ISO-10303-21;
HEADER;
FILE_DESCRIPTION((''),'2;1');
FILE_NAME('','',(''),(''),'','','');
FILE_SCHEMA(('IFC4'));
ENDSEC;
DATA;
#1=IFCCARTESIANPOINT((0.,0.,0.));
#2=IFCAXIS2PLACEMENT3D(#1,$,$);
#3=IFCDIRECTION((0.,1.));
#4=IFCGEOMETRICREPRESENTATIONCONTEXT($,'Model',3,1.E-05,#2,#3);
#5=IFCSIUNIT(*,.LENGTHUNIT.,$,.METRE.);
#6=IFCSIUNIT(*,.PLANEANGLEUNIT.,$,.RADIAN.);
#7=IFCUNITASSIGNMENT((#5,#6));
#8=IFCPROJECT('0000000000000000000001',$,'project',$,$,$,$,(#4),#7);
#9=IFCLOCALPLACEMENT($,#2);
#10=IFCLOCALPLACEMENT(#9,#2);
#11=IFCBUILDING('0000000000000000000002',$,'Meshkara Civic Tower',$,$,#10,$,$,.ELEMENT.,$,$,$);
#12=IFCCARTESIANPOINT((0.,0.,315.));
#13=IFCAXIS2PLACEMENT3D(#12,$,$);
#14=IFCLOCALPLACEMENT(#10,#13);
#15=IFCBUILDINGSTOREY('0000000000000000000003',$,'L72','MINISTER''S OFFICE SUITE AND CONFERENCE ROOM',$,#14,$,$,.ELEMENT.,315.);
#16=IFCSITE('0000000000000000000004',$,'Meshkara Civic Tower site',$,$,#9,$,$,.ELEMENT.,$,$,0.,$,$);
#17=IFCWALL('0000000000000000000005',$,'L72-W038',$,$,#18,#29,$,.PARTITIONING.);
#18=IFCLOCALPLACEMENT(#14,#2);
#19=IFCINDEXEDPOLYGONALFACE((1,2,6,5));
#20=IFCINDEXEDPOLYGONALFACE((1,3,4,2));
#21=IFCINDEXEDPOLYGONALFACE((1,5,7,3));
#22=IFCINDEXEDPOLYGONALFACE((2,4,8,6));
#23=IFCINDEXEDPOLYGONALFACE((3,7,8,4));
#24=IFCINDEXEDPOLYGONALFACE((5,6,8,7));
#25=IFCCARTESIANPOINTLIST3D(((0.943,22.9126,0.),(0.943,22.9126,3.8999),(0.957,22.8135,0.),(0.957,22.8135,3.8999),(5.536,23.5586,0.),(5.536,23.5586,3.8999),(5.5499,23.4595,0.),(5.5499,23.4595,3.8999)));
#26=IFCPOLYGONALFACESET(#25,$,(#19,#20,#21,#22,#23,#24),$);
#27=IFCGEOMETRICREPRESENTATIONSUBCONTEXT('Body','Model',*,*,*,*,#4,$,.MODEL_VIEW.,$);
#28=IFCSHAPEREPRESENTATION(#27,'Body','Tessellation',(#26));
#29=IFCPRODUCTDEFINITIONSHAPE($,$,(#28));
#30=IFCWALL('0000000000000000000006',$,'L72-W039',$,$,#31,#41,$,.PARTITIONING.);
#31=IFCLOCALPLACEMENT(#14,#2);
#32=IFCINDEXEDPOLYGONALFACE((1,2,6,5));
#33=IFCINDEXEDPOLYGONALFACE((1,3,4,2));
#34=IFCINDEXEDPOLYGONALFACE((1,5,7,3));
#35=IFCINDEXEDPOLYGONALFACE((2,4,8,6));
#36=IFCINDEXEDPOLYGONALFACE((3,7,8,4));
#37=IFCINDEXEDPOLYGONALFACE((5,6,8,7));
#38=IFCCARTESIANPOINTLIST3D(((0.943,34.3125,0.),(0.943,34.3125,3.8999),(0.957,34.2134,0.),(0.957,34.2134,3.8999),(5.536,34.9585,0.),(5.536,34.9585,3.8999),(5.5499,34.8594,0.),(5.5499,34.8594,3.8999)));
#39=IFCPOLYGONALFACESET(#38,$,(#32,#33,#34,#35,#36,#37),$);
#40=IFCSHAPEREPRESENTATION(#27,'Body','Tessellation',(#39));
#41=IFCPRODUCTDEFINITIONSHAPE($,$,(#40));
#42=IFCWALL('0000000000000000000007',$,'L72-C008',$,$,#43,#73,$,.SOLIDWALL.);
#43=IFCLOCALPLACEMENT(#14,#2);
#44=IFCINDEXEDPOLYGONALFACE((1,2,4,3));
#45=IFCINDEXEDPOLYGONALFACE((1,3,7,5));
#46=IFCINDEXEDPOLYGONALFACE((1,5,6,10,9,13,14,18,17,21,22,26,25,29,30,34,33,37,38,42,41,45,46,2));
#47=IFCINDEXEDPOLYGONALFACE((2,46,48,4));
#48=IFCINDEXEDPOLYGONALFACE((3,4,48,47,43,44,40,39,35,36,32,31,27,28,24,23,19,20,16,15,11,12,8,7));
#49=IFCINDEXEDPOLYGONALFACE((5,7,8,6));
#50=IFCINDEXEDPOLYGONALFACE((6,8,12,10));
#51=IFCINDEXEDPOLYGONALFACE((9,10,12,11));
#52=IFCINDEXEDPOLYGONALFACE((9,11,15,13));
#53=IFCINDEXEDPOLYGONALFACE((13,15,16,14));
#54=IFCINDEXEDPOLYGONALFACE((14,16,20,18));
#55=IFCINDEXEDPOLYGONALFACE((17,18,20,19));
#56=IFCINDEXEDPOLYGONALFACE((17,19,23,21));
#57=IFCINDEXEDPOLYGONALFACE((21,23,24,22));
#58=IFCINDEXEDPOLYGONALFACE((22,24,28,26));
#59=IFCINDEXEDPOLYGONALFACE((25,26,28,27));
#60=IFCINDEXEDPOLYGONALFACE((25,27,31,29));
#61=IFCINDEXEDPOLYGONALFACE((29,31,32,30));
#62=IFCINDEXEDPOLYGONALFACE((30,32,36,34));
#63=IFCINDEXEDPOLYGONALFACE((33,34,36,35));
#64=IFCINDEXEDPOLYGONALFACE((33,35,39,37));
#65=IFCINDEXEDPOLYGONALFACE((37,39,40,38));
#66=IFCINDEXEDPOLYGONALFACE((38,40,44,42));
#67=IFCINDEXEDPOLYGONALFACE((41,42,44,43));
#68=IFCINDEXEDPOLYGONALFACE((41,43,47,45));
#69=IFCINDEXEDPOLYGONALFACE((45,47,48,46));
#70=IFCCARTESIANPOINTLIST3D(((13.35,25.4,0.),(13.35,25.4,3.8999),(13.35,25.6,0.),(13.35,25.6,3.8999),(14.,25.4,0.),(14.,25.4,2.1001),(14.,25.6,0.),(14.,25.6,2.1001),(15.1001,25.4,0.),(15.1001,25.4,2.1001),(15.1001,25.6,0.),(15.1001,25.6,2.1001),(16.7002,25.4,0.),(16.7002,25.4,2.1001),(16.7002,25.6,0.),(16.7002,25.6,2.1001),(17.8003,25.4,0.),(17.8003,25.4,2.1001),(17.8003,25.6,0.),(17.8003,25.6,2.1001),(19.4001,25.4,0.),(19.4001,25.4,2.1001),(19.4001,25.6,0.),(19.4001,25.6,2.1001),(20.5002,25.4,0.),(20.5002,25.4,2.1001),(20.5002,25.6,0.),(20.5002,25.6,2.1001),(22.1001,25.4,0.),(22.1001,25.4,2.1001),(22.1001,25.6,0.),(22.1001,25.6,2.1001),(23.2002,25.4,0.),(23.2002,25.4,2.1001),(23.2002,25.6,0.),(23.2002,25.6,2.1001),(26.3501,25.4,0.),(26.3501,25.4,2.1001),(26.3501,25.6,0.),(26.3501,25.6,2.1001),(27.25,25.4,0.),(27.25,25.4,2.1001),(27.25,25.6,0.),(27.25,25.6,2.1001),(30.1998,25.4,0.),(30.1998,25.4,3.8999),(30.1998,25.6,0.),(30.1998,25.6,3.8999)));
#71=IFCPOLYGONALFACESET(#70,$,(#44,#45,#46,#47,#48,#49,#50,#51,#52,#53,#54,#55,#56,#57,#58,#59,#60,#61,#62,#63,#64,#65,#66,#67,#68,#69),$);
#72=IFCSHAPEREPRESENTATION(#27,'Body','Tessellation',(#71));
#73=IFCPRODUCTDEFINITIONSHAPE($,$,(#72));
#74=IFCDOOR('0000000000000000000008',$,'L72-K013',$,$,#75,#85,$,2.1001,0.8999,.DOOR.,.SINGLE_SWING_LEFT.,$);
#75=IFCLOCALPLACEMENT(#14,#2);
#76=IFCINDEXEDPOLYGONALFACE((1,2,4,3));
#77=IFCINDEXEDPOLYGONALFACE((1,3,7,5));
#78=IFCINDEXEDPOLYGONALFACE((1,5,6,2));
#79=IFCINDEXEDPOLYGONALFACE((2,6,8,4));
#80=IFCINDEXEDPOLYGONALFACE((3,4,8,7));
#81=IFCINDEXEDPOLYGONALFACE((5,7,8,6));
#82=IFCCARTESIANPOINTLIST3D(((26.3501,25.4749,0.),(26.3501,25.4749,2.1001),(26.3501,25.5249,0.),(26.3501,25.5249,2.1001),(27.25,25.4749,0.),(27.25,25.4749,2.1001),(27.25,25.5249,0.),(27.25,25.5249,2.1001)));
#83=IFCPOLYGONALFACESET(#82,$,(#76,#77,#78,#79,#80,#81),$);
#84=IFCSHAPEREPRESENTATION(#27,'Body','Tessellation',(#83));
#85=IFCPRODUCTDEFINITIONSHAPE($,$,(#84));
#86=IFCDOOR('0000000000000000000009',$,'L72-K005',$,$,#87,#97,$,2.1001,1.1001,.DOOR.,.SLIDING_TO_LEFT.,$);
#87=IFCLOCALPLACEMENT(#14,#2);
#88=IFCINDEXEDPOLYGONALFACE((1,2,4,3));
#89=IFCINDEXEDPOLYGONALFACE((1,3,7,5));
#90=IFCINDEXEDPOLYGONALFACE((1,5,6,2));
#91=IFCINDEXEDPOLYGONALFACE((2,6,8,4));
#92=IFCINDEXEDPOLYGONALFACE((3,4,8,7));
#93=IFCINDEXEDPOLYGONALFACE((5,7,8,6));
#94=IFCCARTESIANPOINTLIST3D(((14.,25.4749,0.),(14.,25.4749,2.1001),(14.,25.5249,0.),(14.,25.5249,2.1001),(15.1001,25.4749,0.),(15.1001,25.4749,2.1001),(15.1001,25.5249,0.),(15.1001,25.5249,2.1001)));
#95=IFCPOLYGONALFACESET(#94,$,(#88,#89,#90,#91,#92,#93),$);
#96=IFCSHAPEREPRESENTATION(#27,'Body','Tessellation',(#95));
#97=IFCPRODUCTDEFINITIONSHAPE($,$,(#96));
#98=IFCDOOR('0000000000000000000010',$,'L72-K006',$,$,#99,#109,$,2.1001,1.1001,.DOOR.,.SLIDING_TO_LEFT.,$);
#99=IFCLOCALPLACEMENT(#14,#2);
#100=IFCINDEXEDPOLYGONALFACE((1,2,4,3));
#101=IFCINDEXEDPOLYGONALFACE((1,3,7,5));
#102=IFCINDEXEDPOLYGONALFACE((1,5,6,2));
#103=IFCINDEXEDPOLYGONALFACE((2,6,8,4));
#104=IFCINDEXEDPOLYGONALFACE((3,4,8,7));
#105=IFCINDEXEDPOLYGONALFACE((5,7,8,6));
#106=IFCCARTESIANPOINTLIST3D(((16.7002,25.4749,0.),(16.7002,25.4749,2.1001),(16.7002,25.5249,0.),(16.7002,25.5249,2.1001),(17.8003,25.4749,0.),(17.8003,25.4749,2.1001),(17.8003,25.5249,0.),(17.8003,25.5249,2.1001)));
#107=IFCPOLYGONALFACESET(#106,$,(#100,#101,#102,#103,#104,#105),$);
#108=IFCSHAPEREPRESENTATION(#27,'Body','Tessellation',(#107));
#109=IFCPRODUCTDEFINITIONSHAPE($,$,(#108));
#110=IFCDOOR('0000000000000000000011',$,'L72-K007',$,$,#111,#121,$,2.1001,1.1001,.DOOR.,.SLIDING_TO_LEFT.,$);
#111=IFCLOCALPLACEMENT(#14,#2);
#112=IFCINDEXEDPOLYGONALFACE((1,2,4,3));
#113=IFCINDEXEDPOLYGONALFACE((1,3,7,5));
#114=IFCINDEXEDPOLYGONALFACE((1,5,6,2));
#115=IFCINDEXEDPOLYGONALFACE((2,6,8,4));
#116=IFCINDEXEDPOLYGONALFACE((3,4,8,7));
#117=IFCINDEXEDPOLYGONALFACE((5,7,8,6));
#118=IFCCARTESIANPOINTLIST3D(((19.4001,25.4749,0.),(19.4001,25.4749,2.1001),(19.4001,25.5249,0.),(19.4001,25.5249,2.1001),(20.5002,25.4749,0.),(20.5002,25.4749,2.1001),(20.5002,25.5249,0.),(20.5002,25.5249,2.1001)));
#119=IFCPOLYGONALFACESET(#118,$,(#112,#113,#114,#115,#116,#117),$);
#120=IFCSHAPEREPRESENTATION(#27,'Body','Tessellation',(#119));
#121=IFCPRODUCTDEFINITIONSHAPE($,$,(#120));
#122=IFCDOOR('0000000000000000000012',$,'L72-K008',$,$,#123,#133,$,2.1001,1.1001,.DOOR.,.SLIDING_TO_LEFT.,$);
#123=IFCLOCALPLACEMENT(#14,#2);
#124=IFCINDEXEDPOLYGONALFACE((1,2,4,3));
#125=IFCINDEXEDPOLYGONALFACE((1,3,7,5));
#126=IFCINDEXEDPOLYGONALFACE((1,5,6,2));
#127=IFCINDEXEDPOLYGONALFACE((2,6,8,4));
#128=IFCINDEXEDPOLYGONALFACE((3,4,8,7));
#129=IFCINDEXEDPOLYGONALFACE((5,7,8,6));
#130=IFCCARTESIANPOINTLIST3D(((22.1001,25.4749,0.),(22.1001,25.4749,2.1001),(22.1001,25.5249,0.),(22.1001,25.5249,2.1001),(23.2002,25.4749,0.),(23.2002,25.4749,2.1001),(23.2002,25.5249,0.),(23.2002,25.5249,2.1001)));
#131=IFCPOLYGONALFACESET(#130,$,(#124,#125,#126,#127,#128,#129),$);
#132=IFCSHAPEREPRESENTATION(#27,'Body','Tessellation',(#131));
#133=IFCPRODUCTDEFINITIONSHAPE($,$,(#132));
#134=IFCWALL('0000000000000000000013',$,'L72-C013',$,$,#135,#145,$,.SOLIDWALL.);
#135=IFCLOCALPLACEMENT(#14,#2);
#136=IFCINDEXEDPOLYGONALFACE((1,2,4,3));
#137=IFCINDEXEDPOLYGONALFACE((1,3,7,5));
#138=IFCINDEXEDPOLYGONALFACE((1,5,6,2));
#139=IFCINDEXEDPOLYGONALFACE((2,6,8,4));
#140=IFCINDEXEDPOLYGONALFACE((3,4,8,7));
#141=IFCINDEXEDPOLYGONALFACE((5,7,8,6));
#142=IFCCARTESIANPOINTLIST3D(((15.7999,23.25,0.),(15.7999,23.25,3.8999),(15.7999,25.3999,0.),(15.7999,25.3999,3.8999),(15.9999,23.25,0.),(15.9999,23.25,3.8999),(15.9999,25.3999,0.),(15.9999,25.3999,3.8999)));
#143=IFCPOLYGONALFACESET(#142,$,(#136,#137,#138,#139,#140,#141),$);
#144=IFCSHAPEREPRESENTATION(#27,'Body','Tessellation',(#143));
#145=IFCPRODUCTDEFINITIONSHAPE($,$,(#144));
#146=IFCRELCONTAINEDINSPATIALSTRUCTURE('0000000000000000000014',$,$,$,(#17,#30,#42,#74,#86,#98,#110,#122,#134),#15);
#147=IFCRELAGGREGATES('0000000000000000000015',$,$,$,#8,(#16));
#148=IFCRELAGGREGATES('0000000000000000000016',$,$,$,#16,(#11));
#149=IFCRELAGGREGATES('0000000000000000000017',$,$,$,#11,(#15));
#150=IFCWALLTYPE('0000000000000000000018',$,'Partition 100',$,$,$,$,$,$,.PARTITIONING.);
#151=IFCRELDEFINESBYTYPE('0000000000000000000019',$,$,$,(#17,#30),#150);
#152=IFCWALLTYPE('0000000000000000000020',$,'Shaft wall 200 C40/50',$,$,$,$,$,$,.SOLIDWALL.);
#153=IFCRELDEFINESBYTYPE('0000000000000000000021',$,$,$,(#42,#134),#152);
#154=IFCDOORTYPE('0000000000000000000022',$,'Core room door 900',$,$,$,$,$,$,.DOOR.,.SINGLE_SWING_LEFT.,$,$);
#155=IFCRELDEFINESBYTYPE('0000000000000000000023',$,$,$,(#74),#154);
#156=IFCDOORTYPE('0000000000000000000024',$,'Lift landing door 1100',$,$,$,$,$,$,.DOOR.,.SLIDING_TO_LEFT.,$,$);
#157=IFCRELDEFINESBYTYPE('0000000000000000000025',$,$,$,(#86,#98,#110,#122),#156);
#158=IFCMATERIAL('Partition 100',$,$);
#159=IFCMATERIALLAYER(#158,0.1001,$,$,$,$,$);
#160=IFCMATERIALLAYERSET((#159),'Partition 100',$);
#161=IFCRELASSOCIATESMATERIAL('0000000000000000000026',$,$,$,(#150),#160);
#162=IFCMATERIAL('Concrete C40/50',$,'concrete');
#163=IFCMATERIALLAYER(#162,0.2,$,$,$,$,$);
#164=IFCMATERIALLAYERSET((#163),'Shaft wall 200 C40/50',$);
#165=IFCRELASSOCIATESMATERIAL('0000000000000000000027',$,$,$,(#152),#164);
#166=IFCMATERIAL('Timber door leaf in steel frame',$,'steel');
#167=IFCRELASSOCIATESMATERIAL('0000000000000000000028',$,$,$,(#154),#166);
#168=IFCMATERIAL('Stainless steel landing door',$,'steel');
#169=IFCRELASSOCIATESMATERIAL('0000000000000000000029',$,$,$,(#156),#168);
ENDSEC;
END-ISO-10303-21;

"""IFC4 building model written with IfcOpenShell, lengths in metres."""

from ifc_helpers import new_model, si_unit, direction, frame, frame_2d, origin, place, context, subcontext, project, spatial, rectangle, extrude, material, layer, layer_set, type_object, element, fill, save


model = new_model("IFC4")

# Units and contexts
model_context = context("Model", 3, precision=1e-05, world=origin(), true_north=direction((0.0, 1.0)))
body_context = subcontext(model_context, "Body", "Model", "MODEL_VIEW")
ifc_project = project(units=[si_unit("LENGTHUNIT", "METRE"), si_unit("PLANEANGLEUNIT", "RADIAN")], contexts=[model_context])

# Site, building, storey
site_placement = place(None, origin())
site = spatial("IfcSite", under=ifc_project, at=site_placement, Name="Meshkara Civic Tower site", CompositionType="ELEMENT", RefElevation=0.0)
building_placement = place(site_placement, origin())
building = spatial("IfcBuilding", under=site, at=building_placement, Name="Meshkara Civic Tower", CompositionType="ELEMENT")
storey_placement = place(building_placement, frame((0.0, 0.0, 315.0)))
storey = spatial("IfcBuildingStorey", under=building, at=storey_placement, Name="L72", Description="MINISTER'S OFFICE SUITE AND CONFERENCE ROOM", CompositionType="ELEMENT", Elevation=315.0)

# Walls
ifc_material_1 = material(Name="Partition 100")
ifc_layer_1 = layer(ifc_material_1, 0.1001)
ifc_layer_set_1 = layer_set([ifc_layer_1], Name="Partition 100")
wall_type_1 = type_object("IfcWallType", Name="Partition 100", PredefinedType="PARTITIONING", material=ifc_layer_set_1)
for number, where, z_axis, x_axis, name in (
    (1, (5.543, 23.509, 0.0), (0.0, 0.0, 1.0), (-0.990254, -0.139277, 0.0), "L72-W038"),
    (2, (5.543, 34.9089, 0.0), (0.0, 0.0, 1.0), (-0.990254, -0.139277, 0.0), "L72-W039"),
):
    element("IfcWall", number, at=place(storey_placement, frame(where, z_axis=z_axis, x_axis=x_axis)), inside=storey, type_object=wall_type_1, Name=name, PredefinedType="PARTITIONING", context=body_context, shape_type="SweptSolid", body=[
        extrude(rectangle(XDim=4.6382, YDim=0.1001, at=frame_2d((2.3191, 0.0))), origin(), (0.0, 0.0, 1.0), 3.8999),
    ])

# Wall, openings, doors
ifc_material_2 = material(Name="Concrete C40/50", Category="concrete")
ifc_layer_2 = layer(ifc_material_2, 0.2)
ifc_layer_set_2 = layer_set([ifc_layer_2], Name="Shaft wall 200 C40/50")
wall_type_2 = type_object("IfcWallType", Name="Shaft wall 200 C40/50", PredefinedType="SOLIDWALL", material=ifc_layer_set_2)
wall_1_placement = place(storey_placement, frame((13.3501, 25.5, 0.0), z_axis=(0.0, 0.0, 1.0), x_axis=(1.0, 0.0, 0.0)))
wall_1 = element("IfcWall", 3, at=wall_1_placement, inside=storey, type_object=wall_type_2, Name="L72-C008", PredefinedType="SOLIDWALL", context=body_context, shape_type="SweptSolid", body=[
    extrude(rectangle(XDim=16.8499, YDim=0.2, at=frame_2d((8.4248, 0.0))), origin(), (0.0, 0.0, 1.0), 3.8999),
])
opening_1_placement = place(wall_1_placement, frame((0.6499, 0.0, 0.0)))
opening_1 = element("IfcOpeningElement", 4, at=opening_1_placement, cuts=wall_1, PredefinedType="OPENING", context=body_context, shape_type="SweptSolid", body=[
    extrude(rectangle(XDim=1.1001, YDim=2.1001, at=frame_2d((0.55, 1.05))), frame((0.0, 0.1099, 0.0), z_axis=(0.0, -1.0, 0.0), x_axis=(1.0, 0.0, 0.0)), (0.0, 0.0, 1.0), 0.22),
])
opening_2_placement = place(wall_1_placement, frame((3.3501, 0.0, 0.0)))
opening_2 = element("IfcOpeningElement", 5, at=opening_2_placement, cuts=wall_1, PredefinedType="OPENING", context=body_context, shape_type="SweptSolid", body=[
    extrude(rectangle(XDim=1.1001, YDim=2.1001, at=frame_2d((0.55, 1.05))), frame((0.0, 0.1099, 0.0), z_axis=(0.0, -1.0, 0.0), x_axis=(1.0, 0.0, 0.0)), (0.0, 0.0, 1.0), 0.22),
])
opening_3_placement = place(wall_1_placement, frame((6.05, 0.0, 0.0)))
opening_3 = element("IfcOpeningElement", 6, at=opening_3_placement, cuts=wall_1, PredefinedType="OPENING", context=body_context, shape_type="SweptSolid", body=[
    extrude(rectangle(XDim=1.1001, YDim=2.1001, at=frame_2d((0.55, 1.05))), frame((0.0, 0.1099, 0.0), z_axis=(0.0, -1.0, 0.0), x_axis=(1.0, 0.0, 0.0)), (0.0, 0.0, 1.0), 0.22),
])
opening_4_placement = place(wall_1_placement, frame((8.75, 0.0, 0.0)))
opening_4 = element("IfcOpeningElement", 7, at=opening_4_placement, cuts=wall_1, PredefinedType="OPENING", context=body_context, shape_type="SweptSolid", body=[
    extrude(rectangle(XDim=1.1001, YDim=2.1001, at=frame_2d((0.55, 1.05))), frame((0.0, 0.1099, 0.0), z_axis=(0.0, -1.0, 0.0), x_axis=(1.0, 0.0, 0.0)), (0.0, 0.0, 1.0), 0.22),
])
opening_5_placement = place(wall_1_placement, frame((13.0, 0.0, 0.0)))
opening_5 = element("IfcOpeningElement", 8, at=opening_5_placement, cuts=wall_1, PredefinedType="OPENING", context=body_context, shape_type="SweptSolid", body=[
    extrude(rectangle(XDim=0.8999, YDim=2.1001, at=frame_2d((0.45, 1.05))), frame((0.0, 0.1099, 0.0), z_axis=(0.0, -1.0, 0.0), x_axis=(1.0, 0.0, 0.0)), (0.0, 0.0, 1.0), 0.22),
])
ifc_material_3 = material(Name="Timber door leaf in steel frame", Category="steel")
door_type_1 = type_object("IfcDoorType", Name="Core room door 900", OperationType="SINGLE_SWING_LEFT", PredefinedType="DOOR", material=ifc_material_3)
door_1_placement = place(opening_5_placement, origin())
door_1 = element("IfcDoor", 9, at=door_1_placement, inside=storey, type_object=door_type_1, Name="L72-K013", OperationType="SINGLE_SWING_LEFT", OverallHeight=2.1001, OverallWidth=0.8999, PredefinedType="DOOR", context=body_context, shape_type="SweptSolid", body=[
    extrude(rectangle(XDim=0.8999, YDim=2.1001, at=frame_2d((0.45, 1.05))), frame((0.0, 0.0249, 0.0), z_axis=(0.0, -1.0, 0.0), x_axis=(1.0, 0.0, 0.0)), (0.0, 0.0, 1.0), 0.05),
])
fill(opening_5, door_1)
ifc_material_4 = material(Name="Stainless steel landing door", Category="steel")
door_type_2 = type_object("IfcDoorType", Name="Lift landing door 1100", OperationType="SLIDING_TO_LEFT", PredefinedType="DOOR", material=ifc_material_4)
door_2_placement = place(opening_1_placement, origin())
door_2 = element("IfcDoor", 10, at=door_2_placement, inside=storey, type_object=door_type_2, Name="L72-K005", OperationType="SLIDING_TO_LEFT", OverallHeight=2.1001, OverallWidth=1.1001, PredefinedType="DOOR", context=body_context, shape_type="SweptSolid", body=[
    extrude(rectangle(XDim=1.1001, YDim=2.1001, at=frame_2d((0.55, 1.05))), frame((0.0, 0.0249, 0.0), z_axis=(0.0, -1.0, 0.0), x_axis=(1.0, 0.0, 0.0)), (0.0, 0.0, 1.0), 0.05),
])
fill(opening_1, door_2)
door_3_placement = place(opening_2_placement, origin())
door_3 = element("IfcDoor", 11, at=door_3_placement, inside=storey, type_object=door_type_2, Name="L72-K006", OperationType="SLIDING_TO_LEFT", OverallHeight=2.1001, OverallWidth=1.1001, PredefinedType="DOOR", context=body_context, shape_type="SweptSolid", body=[
    extrude(rectangle(XDim=1.1001, YDim=2.1001, at=frame_2d((0.55, 1.05))), frame((0.0, 0.0249, 0.0), z_axis=(0.0, -1.0, 0.0), x_axis=(1.0, 0.0, 0.0)), (0.0, 0.0, 1.0), 0.05),
])
fill(opening_2, door_3)
door_4_placement = place(opening_3_placement, origin())
door_4 = element("IfcDoor", 12, at=door_4_placement, inside=storey, type_object=door_type_2, Name="L72-K007", OperationType="SLIDING_TO_LEFT", OverallHeight=2.1001, OverallWidth=1.1001, PredefinedType="DOOR", context=body_context, shape_type="SweptSolid", body=[
    extrude(rectangle(XDim=1.1001, YDim=2.1001, at=frame_2d((0.55, 1.05))), frame((0.0, 0.0249, 0.0), z_axis=(0.0, -1.0, 0.0), x_axis=(1.0, 0.0, 0.0)), (0.0, 0.0, 1.0), 0.05),
])
fill(opening_3, door_4)
door_5_placement = place(opening_4_placement, origin())
door_5 = element("IfcDoor", 13, at=door_5_placement, inside=storey, type_object=door_type_2, Name="L72-K008", OperationType="SLIDING_TO_LEFT", OverallHeight=2.1001, OverallWidth=1.1001, PredefinedType="DOOR", context=body_context, shape_type="SweptSolid", body=[
    extrude(rectangle(XDim=1.1001, YDim=2.1001, at=frame_2d((0.55, 1.05))), frame((0.0, 0.0249, 0.0), z_axis=(0.0, -1.0, 0.0), x_axis=(1.0, 0.0, 0.0)), (0.0, 0.0, 1.0), 0.05),
])
fill(opening_4, door_5)

# Wall
wall_2_placement = place(storey_placement, frame((15.8999, 23.25, 0.0), z_axis=(0.0, 0.0, 1.0), x_axis=(0.0, 1.0, 0.0)))
element("IfcWall", 14, at=wall_2_placement, inside=storey, type_object=wall_type_2, Name="L72-C013", PredefinedType="SOLIDWALL", context=body_context, shape_type="SweptSolid", body=[
    extrude(rectangle(XDim=2.1499, YDim=0.2, at=frame_2d((1.075, 0.0))), origin(), (0.0, 0.0, 1.0), 3.8999),
])

save(model, "model.ifc")
